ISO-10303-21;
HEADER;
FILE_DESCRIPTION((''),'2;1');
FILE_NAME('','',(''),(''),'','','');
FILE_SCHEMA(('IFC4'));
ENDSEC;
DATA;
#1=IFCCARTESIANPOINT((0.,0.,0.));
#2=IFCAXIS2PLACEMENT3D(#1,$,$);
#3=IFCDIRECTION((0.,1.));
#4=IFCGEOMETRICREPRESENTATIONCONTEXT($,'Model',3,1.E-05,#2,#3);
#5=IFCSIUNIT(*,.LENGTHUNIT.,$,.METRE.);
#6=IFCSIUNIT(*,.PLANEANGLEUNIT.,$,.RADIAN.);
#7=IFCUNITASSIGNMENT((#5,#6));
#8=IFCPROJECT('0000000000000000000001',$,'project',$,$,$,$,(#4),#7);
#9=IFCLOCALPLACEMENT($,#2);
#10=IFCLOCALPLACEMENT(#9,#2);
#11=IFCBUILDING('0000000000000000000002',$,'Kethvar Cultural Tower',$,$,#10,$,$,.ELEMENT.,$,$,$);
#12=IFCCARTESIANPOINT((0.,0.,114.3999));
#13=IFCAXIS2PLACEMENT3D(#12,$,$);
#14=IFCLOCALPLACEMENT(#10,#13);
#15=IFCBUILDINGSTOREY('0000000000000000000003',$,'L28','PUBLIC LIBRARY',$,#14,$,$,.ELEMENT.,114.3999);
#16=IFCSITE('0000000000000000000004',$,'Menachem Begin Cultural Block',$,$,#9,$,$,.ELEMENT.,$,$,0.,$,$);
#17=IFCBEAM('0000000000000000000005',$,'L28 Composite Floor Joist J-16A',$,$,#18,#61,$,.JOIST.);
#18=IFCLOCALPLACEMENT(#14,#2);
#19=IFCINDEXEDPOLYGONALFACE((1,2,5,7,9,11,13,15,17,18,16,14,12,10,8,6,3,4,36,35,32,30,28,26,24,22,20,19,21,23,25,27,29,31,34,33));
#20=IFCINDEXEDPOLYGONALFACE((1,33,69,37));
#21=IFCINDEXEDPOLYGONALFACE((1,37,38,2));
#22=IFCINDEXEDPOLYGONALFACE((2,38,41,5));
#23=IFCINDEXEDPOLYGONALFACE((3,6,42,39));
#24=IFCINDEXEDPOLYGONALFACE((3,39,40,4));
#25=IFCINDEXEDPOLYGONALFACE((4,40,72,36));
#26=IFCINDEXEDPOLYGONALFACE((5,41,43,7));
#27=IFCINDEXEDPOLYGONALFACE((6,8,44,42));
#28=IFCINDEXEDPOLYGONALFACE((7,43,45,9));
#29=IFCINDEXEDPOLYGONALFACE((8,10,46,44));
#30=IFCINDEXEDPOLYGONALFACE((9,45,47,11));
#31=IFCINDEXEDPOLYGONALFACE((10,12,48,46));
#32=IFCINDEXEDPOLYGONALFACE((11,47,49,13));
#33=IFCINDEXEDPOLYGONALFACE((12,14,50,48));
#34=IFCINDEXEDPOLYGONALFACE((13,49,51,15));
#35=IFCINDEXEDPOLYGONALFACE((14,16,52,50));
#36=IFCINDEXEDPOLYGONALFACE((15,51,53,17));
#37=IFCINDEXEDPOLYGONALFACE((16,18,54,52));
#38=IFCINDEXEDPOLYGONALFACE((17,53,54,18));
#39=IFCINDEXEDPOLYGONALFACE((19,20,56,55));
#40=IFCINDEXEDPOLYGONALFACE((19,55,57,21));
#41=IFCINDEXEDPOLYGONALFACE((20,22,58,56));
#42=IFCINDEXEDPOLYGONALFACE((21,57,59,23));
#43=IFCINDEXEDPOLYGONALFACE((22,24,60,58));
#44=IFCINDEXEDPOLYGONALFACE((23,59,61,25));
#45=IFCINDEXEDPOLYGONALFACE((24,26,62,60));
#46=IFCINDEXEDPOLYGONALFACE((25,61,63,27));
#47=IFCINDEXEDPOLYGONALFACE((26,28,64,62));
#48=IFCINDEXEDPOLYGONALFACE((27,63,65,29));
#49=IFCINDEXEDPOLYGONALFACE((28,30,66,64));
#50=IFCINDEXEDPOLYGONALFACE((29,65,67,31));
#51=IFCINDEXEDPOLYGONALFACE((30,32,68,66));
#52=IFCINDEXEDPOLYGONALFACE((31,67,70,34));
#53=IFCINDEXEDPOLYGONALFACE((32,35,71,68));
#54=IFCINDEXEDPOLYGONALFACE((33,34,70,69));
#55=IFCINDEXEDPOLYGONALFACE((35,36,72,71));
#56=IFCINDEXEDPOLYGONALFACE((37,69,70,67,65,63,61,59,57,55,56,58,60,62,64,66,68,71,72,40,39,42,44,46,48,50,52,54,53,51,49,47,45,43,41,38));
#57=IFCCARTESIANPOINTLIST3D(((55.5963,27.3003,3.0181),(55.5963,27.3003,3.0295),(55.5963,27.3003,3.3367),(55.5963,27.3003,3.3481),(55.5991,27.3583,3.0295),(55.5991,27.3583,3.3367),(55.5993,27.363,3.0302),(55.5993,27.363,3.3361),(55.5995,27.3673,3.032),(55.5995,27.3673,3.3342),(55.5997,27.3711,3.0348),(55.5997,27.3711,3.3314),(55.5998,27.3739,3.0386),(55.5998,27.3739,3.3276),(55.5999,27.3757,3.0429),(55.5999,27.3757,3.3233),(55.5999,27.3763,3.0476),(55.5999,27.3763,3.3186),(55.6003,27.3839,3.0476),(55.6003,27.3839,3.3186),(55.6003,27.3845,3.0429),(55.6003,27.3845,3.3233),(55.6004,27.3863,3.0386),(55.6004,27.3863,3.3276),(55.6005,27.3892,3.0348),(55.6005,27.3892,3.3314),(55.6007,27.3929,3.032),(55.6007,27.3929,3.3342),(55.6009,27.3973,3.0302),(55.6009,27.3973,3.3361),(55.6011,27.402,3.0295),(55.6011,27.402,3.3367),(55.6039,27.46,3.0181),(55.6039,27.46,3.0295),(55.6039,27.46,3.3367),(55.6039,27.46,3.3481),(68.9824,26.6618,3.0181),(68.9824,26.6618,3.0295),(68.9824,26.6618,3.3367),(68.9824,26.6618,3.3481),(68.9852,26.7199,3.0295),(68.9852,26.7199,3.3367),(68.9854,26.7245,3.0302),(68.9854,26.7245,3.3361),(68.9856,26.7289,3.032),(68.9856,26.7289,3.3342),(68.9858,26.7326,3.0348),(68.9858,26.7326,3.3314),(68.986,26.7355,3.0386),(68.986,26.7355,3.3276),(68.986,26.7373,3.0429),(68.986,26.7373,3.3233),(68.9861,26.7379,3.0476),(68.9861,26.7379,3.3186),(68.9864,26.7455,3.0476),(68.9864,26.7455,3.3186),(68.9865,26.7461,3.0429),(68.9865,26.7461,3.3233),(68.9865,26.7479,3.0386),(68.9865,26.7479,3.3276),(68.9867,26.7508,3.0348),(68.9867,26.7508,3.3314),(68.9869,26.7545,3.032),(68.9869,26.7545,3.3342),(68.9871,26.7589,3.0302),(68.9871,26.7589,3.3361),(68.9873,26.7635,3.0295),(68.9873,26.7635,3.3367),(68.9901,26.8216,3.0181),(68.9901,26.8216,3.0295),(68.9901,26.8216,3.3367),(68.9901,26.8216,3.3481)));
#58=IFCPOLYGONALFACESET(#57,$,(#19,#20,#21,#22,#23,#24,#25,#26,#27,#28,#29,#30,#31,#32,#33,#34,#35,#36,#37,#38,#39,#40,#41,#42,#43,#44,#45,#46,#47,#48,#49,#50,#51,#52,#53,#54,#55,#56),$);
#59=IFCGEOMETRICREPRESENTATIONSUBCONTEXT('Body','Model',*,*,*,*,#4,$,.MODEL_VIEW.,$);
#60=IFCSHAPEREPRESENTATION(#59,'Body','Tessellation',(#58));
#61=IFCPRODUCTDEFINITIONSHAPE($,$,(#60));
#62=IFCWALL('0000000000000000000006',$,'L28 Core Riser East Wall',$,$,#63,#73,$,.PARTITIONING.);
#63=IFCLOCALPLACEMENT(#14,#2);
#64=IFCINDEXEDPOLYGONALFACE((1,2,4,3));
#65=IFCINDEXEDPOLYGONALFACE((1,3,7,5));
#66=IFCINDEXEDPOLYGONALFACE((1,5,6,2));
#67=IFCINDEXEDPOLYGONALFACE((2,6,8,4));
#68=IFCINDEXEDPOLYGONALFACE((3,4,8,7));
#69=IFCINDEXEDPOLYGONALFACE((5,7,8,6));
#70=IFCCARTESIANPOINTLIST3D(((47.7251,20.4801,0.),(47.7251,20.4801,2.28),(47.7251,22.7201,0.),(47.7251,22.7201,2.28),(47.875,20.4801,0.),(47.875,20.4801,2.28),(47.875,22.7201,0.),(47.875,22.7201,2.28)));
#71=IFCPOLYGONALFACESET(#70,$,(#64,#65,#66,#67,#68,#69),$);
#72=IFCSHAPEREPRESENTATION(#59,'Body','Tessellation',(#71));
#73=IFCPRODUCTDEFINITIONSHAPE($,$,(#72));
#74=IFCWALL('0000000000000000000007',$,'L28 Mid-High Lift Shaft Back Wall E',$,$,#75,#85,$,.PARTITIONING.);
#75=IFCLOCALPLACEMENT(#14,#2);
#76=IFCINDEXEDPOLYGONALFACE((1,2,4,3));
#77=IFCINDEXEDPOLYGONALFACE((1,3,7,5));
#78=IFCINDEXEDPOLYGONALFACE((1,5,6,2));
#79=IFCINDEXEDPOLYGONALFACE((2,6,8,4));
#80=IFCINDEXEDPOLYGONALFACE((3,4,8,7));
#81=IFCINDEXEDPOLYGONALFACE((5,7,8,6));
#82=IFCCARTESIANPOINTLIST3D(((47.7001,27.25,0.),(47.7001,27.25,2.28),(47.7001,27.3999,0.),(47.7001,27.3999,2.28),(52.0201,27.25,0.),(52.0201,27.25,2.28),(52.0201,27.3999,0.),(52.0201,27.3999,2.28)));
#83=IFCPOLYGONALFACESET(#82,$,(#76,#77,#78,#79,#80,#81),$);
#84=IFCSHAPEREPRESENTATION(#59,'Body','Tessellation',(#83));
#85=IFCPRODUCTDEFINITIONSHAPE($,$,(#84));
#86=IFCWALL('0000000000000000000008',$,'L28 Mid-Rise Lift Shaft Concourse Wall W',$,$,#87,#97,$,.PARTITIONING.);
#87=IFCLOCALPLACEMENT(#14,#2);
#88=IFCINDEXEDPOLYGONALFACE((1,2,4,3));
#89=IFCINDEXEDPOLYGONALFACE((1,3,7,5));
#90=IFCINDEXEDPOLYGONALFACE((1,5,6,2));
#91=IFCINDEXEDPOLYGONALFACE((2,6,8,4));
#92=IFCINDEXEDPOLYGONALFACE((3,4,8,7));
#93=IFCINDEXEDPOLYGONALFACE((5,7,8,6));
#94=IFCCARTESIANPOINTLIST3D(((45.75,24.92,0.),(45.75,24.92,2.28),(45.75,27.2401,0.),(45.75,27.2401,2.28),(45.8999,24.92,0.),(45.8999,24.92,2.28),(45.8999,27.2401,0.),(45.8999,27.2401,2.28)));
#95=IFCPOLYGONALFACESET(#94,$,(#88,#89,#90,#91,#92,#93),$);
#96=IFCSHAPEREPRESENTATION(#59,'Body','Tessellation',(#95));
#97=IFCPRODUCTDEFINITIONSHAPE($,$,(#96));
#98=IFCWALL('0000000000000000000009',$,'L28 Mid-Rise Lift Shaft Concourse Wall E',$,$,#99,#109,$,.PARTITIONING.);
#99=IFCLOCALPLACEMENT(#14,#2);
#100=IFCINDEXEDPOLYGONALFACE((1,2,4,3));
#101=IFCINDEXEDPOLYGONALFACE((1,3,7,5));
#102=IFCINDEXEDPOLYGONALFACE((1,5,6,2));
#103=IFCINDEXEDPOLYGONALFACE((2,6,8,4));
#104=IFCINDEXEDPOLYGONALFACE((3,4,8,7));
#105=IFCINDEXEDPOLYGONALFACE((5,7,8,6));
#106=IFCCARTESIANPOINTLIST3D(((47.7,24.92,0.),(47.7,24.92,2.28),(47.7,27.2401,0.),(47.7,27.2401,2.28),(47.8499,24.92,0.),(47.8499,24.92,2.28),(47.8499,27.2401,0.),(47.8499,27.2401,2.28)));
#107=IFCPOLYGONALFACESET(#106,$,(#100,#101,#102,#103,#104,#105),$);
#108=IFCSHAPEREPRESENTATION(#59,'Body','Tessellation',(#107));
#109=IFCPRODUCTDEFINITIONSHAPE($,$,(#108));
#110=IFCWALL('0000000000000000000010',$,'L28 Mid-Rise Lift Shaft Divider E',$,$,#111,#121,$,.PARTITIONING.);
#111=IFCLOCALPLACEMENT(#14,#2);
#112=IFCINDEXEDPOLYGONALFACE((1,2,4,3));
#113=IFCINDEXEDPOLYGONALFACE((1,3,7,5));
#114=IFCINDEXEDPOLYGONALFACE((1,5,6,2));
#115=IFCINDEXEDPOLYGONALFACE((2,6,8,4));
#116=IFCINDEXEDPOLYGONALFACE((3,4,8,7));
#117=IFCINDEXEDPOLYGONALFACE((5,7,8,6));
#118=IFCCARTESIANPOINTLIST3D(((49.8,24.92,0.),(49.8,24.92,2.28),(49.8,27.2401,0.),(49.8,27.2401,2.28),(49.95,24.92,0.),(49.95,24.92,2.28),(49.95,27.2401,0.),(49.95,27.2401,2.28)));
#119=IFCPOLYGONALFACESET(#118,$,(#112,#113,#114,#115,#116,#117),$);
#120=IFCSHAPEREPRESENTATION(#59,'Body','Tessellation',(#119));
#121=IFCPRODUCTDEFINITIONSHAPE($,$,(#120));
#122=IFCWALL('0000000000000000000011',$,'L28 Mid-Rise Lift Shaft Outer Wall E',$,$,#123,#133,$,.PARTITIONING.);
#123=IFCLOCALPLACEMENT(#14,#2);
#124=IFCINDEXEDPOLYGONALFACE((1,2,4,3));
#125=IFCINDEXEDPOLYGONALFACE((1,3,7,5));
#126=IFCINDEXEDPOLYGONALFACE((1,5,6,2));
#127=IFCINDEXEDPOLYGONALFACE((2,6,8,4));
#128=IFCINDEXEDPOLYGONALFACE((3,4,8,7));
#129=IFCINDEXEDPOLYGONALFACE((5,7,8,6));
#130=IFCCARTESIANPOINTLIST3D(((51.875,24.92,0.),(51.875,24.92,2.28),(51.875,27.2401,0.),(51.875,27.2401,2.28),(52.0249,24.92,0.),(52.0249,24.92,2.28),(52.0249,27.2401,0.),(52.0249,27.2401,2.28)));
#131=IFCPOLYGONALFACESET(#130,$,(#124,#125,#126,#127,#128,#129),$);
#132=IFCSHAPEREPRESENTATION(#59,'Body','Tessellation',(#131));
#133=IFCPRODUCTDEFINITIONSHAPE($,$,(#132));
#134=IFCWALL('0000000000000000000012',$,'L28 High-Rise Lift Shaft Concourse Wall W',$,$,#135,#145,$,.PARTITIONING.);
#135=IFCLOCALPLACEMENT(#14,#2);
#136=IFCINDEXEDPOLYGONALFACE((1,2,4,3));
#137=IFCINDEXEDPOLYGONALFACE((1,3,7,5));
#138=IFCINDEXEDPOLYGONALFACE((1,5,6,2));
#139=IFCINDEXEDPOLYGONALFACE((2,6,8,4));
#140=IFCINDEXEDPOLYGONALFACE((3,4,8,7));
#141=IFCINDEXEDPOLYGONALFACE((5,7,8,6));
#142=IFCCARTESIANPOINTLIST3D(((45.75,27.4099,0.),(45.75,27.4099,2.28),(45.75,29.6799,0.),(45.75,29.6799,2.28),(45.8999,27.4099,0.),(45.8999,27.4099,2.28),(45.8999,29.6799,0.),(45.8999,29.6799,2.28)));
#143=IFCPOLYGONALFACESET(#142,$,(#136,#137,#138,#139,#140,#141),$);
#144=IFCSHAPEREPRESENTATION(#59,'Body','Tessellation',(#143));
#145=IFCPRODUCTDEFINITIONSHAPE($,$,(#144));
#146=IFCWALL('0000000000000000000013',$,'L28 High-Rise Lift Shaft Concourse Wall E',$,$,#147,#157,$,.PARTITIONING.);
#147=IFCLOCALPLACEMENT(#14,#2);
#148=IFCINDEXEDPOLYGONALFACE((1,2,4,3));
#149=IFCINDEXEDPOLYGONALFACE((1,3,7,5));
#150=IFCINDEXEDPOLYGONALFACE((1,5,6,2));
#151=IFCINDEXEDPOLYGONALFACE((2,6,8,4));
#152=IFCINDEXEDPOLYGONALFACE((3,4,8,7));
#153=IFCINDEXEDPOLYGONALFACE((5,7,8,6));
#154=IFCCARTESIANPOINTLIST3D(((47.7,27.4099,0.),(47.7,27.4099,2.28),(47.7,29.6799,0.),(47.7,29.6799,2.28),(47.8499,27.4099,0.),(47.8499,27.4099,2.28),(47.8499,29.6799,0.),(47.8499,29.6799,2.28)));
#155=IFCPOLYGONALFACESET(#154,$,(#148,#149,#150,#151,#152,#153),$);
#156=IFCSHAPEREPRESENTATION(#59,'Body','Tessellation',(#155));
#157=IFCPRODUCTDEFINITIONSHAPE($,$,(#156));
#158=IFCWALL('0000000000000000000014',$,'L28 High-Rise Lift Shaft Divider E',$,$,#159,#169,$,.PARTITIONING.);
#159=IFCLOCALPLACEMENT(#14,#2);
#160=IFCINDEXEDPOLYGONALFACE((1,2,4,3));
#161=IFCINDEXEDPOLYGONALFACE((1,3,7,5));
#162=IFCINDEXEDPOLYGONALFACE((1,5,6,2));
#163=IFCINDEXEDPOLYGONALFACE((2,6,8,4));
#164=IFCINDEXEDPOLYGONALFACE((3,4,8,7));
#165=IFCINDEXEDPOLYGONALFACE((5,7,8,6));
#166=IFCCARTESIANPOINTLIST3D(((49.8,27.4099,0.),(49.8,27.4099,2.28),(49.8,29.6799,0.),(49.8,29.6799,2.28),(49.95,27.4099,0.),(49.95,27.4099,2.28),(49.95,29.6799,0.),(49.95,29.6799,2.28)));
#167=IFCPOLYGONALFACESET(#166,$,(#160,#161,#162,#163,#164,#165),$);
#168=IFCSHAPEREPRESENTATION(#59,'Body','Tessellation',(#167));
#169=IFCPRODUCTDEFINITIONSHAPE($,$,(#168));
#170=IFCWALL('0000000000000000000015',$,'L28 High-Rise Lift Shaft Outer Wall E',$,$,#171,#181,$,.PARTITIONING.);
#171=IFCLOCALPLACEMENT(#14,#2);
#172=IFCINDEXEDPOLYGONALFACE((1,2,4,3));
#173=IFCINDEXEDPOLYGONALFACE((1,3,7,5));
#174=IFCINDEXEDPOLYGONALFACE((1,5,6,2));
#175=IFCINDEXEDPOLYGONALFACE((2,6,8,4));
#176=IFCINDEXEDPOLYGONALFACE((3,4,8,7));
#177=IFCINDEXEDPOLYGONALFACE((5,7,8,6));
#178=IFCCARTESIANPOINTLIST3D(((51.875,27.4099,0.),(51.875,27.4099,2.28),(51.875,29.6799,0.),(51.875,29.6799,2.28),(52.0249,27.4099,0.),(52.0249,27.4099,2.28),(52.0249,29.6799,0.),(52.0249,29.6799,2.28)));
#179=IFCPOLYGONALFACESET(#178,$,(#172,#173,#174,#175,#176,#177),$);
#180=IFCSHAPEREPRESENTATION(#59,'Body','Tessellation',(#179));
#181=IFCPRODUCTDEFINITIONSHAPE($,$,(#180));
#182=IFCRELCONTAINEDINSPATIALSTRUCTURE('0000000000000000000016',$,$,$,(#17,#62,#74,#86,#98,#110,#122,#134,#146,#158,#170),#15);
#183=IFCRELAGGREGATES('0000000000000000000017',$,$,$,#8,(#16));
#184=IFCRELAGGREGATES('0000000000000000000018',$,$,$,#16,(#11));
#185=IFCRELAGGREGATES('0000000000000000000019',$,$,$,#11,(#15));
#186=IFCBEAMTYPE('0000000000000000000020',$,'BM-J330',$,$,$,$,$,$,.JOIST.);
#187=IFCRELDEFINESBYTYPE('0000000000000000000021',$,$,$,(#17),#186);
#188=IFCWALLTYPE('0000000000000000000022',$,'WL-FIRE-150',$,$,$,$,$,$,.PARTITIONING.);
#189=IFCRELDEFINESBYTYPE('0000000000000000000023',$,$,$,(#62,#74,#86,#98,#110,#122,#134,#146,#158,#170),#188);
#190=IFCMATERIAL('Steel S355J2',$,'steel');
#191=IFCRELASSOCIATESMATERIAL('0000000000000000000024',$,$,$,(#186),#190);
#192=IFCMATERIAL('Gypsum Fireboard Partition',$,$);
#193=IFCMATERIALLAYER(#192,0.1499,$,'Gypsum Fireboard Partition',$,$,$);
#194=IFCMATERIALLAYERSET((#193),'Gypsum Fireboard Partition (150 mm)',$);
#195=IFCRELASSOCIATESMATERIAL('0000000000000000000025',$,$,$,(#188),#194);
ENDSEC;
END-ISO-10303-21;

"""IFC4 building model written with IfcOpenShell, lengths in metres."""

from ifc_helpers import new_model, si_unit, direction, frame, frame_2d, origin, origin_2d, place, context, subcontext, project, spatial, rectangle, i_section, extrude, source, transform, mapped, material, layer, layer_set, material_profile, profile_set, type_object, element, save


model = new_model("IFC4")

# Units and contexts
model_context = context("Model", 3, precision=1e-05, world=origin(), true_north=direction((0.0, 1.0)))
body_context = subcontext(model_context, "Body", "Model", "MODEL_VIEW")
ifc_project = project(units=[si_unit("LENGTHUNIT", "METRE"), si_unit("PLANEANGLEUNIT", "RADIAN")], contexts=[model_context])

# Site, building, storey
site_placement = place(None, origin())
site = spatial("IfcSite", under=ifc_project, at=site_placement, Name="Menachem Begin Cultural Block", CompositionType="ELEMENT", RefElevation=0.0)
building_placement = place(site_placement, origin())
building = spatial("IfcBuilding", under=site, at=building_placement, Name="Kethvar Cultural Tower", CompositionType="ELEMENT")
storey_placement = place(building_placement, frame((0.0, 0.0, 114.3999)))
storey = spatial("IfcBuildingStorey", under=building, at=storey_placement, Name="L28", Description="PUBLIC LIBRARY", CompositionType="ELEMENT", Elevation=114.3999)

# Beam
ifc_material_1 = material(Name="Steel S355J2", Category="steel")
ifc_material_profile_1 = material_profile(ifc_material_1, i_section(OverallWidth=0.1599, OverallDepth=0.3301, WebThickness=0.0076, FlangeThickness=0.0115, FilletRadius=0.0181, at=origin_2d()), Name="Steel S355J2 — IPE330")
ifc_profile_set_1 = profile_set([ifc_material_profile_1], Name="Steel S355J2 — IPE330")
beam_type_1 = type_object("IfcBeamType", Name="BM-J330", PredefinedType="JOIST", material=ifc_profile_set_1)
shared_shape_1 = source(origin(), body_context, "Body", "SweptSolid", [
    extrude(i_section(OverallWidth=0.1599, OverallDepth=0.3301, WebThickness=0.0076, FlangeThickness=0.0115, FilletRadius=0.0181, at=origin_2d()), origin(), (0.0, 0.0, 1.0), 13.4014),
])
beam_1_placement = place(storey_placement, frame((55.6001, 27.3801, 3.1831), z_axis=(0.998865, -0.047639, 0.0), x_axis=(0.047639, 0.998865, 0.0)))
element("IfcBeam", 1, at=beam_1_placement, inside=storey, type_object=beam_type_1, Name="L28 Composite Floor Joist J-16A", PredefinedType="JOIST", context=body_context, shape_type="MappedRepresentation", body=[
    mapped(shared_shape_1, transform((0.0, 0.0, 0.0), scale=1.0)),
])

# Walls
ifc_material_2 = material(Name="Gypsum Fireboard Partition")
ifc_layer_1 = layer(ifc_material_2, 0.1499, Name="Gypsum Fireboard Partition")
ifc_layer_set_1 = layer_set([ifc_layer_1], Name="Gypsum Fireboard Partition (150 mm)")
wall_type_1 = type_object("IfcWallType", Name="WL-FIRE-150", PredefinedType="PARTITIONING", material=ifc_layer_set_1)
wall_1_placement = place(storey_placement, frame((47.8, 20.48, 0.0), z_axis=(0.0, 0.0, 1.0), x_axis=(0.0, 1.0, 0.0)))
element("IfcWall", 2, at=wall_1_placement, inside=storey, type_object=wall_type_1, Name="L28 Core Riser East Wall", PredefinedType="PARTITIONING", context=body_context, shape_type="SweptSolid", body=[
    extrude(rectangle(XDim=2.24, YDim=0.1499, at=frame_2d((1.1201, 0.0))), origin(), (0.0, 0.0, 1.0), 2.28),
])
wall_2_placement = place(storey_placement, frame((47.7, 27.325, 0.0), z_axis=(0.0, 0.0, 1.0), x_axis=(1.0, 0.0, 0.0)))
element("IfcWall", 3, at=wall_2_placement, inside=storey, type_object=wall_type_1, Name="L28 Mid-High Lift Shaft Back Wall E", PredefinedType="PARTITIONING", context=body_context, shape_type="SweptSolid", body=[
    extrude(rectangle(XDim=4.3201, YDim=0.1499, at=frame_2d((2.1602, 0.0))), origin(), (0.0, 0.0, 1.0), 2.28),
])
for number, where, z_axis, x_axis, name in (
    (4, (45.825, 24.9199, 0.0), (0.0, 0.0, 1.0), (0.0, 1.0, 0.0), "L28 Mid-Rise Lift Shaft Concourse Wall W"),
    (5, (47.7749, 24.9199, 0.0), (0.0, 0.0, 1.0), (0.0, 1.0, 0.0), "L28 Mid-Rise Lift Shaft Concourse Wall E"),
    (6, (49.875, 24.9199, 0.0), (0.0, 0.0, 1.0), (0.0, 1.0, 0.0), "L28 Mid-Rise Lift Shaft Divider E"),
    (7, (51.95, 24.9199, 0.0), (0.0, 0.0, 1.0), (0.0, 1.0, 0.0), "L28 Mid-Rise Lift Shaft Outer Wall E"),
):
    element("IfcWall", number, at=place(storey_placement, frame(where, z_axis=z_axis, x_axis=x_axis)), inside=storey, type_object=wall_type_1, Name=name, PredefinedType="PARTITIONING", context=body_context, shape_type="SweptSolid", body=[
        extrude(rectangle(XDim=2.3201, YDim=0.1499, at=frame_2d((1.1602, 0.0))), origin(), (0.0, 0.0, 1.0), 2.28),
    ])
for number, where, z_axis, x_axis, name in (
    (8, (45.825, 27.4099, 0.0), (0.0, 0.0, 1.0), (0.0, 1.0, 0.0), "L28 High-Rise Lift Shaft Concourse Wall W"),
    (9, (47.7749, 27.4099, 0.0), (0.0, 0.0, 1.0), (0.0, 1.0, 0.0), "L28 High-Rise Lift Shaft Concourse Wall E"),
    (10, (49.875, 27.4099, 0.0), (0.0, 0.0, 1.0), (0.0, 1.0, 0.0), "L28 High-Rise Lift Shaft Divider E"),
    (11, (51.95, 27.4099, 0.0), (0.0, 0.0, 1.0), (0.0, 1.0, 0.0), "L28 High-Rise Lift Shaft Outer Wall E"),
):
    element("IfcWall", number, at=place(storey_placement, frame(where, z_axis=z_axis, x_axis=x_axis)), inside=storey, type_object=wall_type_1, Name=name, PredefinedType="PARTITIONING", context=body_context, shape_type="SweptSolid", body=[
        extrude(rectangle(XDim=2.27, YDim=0.1499, at=frame_2d((1.135, 0.0))), origin(), (0.0, 0.0, 1.0), 2.28),
    ])

save(model, "model.ifc")
